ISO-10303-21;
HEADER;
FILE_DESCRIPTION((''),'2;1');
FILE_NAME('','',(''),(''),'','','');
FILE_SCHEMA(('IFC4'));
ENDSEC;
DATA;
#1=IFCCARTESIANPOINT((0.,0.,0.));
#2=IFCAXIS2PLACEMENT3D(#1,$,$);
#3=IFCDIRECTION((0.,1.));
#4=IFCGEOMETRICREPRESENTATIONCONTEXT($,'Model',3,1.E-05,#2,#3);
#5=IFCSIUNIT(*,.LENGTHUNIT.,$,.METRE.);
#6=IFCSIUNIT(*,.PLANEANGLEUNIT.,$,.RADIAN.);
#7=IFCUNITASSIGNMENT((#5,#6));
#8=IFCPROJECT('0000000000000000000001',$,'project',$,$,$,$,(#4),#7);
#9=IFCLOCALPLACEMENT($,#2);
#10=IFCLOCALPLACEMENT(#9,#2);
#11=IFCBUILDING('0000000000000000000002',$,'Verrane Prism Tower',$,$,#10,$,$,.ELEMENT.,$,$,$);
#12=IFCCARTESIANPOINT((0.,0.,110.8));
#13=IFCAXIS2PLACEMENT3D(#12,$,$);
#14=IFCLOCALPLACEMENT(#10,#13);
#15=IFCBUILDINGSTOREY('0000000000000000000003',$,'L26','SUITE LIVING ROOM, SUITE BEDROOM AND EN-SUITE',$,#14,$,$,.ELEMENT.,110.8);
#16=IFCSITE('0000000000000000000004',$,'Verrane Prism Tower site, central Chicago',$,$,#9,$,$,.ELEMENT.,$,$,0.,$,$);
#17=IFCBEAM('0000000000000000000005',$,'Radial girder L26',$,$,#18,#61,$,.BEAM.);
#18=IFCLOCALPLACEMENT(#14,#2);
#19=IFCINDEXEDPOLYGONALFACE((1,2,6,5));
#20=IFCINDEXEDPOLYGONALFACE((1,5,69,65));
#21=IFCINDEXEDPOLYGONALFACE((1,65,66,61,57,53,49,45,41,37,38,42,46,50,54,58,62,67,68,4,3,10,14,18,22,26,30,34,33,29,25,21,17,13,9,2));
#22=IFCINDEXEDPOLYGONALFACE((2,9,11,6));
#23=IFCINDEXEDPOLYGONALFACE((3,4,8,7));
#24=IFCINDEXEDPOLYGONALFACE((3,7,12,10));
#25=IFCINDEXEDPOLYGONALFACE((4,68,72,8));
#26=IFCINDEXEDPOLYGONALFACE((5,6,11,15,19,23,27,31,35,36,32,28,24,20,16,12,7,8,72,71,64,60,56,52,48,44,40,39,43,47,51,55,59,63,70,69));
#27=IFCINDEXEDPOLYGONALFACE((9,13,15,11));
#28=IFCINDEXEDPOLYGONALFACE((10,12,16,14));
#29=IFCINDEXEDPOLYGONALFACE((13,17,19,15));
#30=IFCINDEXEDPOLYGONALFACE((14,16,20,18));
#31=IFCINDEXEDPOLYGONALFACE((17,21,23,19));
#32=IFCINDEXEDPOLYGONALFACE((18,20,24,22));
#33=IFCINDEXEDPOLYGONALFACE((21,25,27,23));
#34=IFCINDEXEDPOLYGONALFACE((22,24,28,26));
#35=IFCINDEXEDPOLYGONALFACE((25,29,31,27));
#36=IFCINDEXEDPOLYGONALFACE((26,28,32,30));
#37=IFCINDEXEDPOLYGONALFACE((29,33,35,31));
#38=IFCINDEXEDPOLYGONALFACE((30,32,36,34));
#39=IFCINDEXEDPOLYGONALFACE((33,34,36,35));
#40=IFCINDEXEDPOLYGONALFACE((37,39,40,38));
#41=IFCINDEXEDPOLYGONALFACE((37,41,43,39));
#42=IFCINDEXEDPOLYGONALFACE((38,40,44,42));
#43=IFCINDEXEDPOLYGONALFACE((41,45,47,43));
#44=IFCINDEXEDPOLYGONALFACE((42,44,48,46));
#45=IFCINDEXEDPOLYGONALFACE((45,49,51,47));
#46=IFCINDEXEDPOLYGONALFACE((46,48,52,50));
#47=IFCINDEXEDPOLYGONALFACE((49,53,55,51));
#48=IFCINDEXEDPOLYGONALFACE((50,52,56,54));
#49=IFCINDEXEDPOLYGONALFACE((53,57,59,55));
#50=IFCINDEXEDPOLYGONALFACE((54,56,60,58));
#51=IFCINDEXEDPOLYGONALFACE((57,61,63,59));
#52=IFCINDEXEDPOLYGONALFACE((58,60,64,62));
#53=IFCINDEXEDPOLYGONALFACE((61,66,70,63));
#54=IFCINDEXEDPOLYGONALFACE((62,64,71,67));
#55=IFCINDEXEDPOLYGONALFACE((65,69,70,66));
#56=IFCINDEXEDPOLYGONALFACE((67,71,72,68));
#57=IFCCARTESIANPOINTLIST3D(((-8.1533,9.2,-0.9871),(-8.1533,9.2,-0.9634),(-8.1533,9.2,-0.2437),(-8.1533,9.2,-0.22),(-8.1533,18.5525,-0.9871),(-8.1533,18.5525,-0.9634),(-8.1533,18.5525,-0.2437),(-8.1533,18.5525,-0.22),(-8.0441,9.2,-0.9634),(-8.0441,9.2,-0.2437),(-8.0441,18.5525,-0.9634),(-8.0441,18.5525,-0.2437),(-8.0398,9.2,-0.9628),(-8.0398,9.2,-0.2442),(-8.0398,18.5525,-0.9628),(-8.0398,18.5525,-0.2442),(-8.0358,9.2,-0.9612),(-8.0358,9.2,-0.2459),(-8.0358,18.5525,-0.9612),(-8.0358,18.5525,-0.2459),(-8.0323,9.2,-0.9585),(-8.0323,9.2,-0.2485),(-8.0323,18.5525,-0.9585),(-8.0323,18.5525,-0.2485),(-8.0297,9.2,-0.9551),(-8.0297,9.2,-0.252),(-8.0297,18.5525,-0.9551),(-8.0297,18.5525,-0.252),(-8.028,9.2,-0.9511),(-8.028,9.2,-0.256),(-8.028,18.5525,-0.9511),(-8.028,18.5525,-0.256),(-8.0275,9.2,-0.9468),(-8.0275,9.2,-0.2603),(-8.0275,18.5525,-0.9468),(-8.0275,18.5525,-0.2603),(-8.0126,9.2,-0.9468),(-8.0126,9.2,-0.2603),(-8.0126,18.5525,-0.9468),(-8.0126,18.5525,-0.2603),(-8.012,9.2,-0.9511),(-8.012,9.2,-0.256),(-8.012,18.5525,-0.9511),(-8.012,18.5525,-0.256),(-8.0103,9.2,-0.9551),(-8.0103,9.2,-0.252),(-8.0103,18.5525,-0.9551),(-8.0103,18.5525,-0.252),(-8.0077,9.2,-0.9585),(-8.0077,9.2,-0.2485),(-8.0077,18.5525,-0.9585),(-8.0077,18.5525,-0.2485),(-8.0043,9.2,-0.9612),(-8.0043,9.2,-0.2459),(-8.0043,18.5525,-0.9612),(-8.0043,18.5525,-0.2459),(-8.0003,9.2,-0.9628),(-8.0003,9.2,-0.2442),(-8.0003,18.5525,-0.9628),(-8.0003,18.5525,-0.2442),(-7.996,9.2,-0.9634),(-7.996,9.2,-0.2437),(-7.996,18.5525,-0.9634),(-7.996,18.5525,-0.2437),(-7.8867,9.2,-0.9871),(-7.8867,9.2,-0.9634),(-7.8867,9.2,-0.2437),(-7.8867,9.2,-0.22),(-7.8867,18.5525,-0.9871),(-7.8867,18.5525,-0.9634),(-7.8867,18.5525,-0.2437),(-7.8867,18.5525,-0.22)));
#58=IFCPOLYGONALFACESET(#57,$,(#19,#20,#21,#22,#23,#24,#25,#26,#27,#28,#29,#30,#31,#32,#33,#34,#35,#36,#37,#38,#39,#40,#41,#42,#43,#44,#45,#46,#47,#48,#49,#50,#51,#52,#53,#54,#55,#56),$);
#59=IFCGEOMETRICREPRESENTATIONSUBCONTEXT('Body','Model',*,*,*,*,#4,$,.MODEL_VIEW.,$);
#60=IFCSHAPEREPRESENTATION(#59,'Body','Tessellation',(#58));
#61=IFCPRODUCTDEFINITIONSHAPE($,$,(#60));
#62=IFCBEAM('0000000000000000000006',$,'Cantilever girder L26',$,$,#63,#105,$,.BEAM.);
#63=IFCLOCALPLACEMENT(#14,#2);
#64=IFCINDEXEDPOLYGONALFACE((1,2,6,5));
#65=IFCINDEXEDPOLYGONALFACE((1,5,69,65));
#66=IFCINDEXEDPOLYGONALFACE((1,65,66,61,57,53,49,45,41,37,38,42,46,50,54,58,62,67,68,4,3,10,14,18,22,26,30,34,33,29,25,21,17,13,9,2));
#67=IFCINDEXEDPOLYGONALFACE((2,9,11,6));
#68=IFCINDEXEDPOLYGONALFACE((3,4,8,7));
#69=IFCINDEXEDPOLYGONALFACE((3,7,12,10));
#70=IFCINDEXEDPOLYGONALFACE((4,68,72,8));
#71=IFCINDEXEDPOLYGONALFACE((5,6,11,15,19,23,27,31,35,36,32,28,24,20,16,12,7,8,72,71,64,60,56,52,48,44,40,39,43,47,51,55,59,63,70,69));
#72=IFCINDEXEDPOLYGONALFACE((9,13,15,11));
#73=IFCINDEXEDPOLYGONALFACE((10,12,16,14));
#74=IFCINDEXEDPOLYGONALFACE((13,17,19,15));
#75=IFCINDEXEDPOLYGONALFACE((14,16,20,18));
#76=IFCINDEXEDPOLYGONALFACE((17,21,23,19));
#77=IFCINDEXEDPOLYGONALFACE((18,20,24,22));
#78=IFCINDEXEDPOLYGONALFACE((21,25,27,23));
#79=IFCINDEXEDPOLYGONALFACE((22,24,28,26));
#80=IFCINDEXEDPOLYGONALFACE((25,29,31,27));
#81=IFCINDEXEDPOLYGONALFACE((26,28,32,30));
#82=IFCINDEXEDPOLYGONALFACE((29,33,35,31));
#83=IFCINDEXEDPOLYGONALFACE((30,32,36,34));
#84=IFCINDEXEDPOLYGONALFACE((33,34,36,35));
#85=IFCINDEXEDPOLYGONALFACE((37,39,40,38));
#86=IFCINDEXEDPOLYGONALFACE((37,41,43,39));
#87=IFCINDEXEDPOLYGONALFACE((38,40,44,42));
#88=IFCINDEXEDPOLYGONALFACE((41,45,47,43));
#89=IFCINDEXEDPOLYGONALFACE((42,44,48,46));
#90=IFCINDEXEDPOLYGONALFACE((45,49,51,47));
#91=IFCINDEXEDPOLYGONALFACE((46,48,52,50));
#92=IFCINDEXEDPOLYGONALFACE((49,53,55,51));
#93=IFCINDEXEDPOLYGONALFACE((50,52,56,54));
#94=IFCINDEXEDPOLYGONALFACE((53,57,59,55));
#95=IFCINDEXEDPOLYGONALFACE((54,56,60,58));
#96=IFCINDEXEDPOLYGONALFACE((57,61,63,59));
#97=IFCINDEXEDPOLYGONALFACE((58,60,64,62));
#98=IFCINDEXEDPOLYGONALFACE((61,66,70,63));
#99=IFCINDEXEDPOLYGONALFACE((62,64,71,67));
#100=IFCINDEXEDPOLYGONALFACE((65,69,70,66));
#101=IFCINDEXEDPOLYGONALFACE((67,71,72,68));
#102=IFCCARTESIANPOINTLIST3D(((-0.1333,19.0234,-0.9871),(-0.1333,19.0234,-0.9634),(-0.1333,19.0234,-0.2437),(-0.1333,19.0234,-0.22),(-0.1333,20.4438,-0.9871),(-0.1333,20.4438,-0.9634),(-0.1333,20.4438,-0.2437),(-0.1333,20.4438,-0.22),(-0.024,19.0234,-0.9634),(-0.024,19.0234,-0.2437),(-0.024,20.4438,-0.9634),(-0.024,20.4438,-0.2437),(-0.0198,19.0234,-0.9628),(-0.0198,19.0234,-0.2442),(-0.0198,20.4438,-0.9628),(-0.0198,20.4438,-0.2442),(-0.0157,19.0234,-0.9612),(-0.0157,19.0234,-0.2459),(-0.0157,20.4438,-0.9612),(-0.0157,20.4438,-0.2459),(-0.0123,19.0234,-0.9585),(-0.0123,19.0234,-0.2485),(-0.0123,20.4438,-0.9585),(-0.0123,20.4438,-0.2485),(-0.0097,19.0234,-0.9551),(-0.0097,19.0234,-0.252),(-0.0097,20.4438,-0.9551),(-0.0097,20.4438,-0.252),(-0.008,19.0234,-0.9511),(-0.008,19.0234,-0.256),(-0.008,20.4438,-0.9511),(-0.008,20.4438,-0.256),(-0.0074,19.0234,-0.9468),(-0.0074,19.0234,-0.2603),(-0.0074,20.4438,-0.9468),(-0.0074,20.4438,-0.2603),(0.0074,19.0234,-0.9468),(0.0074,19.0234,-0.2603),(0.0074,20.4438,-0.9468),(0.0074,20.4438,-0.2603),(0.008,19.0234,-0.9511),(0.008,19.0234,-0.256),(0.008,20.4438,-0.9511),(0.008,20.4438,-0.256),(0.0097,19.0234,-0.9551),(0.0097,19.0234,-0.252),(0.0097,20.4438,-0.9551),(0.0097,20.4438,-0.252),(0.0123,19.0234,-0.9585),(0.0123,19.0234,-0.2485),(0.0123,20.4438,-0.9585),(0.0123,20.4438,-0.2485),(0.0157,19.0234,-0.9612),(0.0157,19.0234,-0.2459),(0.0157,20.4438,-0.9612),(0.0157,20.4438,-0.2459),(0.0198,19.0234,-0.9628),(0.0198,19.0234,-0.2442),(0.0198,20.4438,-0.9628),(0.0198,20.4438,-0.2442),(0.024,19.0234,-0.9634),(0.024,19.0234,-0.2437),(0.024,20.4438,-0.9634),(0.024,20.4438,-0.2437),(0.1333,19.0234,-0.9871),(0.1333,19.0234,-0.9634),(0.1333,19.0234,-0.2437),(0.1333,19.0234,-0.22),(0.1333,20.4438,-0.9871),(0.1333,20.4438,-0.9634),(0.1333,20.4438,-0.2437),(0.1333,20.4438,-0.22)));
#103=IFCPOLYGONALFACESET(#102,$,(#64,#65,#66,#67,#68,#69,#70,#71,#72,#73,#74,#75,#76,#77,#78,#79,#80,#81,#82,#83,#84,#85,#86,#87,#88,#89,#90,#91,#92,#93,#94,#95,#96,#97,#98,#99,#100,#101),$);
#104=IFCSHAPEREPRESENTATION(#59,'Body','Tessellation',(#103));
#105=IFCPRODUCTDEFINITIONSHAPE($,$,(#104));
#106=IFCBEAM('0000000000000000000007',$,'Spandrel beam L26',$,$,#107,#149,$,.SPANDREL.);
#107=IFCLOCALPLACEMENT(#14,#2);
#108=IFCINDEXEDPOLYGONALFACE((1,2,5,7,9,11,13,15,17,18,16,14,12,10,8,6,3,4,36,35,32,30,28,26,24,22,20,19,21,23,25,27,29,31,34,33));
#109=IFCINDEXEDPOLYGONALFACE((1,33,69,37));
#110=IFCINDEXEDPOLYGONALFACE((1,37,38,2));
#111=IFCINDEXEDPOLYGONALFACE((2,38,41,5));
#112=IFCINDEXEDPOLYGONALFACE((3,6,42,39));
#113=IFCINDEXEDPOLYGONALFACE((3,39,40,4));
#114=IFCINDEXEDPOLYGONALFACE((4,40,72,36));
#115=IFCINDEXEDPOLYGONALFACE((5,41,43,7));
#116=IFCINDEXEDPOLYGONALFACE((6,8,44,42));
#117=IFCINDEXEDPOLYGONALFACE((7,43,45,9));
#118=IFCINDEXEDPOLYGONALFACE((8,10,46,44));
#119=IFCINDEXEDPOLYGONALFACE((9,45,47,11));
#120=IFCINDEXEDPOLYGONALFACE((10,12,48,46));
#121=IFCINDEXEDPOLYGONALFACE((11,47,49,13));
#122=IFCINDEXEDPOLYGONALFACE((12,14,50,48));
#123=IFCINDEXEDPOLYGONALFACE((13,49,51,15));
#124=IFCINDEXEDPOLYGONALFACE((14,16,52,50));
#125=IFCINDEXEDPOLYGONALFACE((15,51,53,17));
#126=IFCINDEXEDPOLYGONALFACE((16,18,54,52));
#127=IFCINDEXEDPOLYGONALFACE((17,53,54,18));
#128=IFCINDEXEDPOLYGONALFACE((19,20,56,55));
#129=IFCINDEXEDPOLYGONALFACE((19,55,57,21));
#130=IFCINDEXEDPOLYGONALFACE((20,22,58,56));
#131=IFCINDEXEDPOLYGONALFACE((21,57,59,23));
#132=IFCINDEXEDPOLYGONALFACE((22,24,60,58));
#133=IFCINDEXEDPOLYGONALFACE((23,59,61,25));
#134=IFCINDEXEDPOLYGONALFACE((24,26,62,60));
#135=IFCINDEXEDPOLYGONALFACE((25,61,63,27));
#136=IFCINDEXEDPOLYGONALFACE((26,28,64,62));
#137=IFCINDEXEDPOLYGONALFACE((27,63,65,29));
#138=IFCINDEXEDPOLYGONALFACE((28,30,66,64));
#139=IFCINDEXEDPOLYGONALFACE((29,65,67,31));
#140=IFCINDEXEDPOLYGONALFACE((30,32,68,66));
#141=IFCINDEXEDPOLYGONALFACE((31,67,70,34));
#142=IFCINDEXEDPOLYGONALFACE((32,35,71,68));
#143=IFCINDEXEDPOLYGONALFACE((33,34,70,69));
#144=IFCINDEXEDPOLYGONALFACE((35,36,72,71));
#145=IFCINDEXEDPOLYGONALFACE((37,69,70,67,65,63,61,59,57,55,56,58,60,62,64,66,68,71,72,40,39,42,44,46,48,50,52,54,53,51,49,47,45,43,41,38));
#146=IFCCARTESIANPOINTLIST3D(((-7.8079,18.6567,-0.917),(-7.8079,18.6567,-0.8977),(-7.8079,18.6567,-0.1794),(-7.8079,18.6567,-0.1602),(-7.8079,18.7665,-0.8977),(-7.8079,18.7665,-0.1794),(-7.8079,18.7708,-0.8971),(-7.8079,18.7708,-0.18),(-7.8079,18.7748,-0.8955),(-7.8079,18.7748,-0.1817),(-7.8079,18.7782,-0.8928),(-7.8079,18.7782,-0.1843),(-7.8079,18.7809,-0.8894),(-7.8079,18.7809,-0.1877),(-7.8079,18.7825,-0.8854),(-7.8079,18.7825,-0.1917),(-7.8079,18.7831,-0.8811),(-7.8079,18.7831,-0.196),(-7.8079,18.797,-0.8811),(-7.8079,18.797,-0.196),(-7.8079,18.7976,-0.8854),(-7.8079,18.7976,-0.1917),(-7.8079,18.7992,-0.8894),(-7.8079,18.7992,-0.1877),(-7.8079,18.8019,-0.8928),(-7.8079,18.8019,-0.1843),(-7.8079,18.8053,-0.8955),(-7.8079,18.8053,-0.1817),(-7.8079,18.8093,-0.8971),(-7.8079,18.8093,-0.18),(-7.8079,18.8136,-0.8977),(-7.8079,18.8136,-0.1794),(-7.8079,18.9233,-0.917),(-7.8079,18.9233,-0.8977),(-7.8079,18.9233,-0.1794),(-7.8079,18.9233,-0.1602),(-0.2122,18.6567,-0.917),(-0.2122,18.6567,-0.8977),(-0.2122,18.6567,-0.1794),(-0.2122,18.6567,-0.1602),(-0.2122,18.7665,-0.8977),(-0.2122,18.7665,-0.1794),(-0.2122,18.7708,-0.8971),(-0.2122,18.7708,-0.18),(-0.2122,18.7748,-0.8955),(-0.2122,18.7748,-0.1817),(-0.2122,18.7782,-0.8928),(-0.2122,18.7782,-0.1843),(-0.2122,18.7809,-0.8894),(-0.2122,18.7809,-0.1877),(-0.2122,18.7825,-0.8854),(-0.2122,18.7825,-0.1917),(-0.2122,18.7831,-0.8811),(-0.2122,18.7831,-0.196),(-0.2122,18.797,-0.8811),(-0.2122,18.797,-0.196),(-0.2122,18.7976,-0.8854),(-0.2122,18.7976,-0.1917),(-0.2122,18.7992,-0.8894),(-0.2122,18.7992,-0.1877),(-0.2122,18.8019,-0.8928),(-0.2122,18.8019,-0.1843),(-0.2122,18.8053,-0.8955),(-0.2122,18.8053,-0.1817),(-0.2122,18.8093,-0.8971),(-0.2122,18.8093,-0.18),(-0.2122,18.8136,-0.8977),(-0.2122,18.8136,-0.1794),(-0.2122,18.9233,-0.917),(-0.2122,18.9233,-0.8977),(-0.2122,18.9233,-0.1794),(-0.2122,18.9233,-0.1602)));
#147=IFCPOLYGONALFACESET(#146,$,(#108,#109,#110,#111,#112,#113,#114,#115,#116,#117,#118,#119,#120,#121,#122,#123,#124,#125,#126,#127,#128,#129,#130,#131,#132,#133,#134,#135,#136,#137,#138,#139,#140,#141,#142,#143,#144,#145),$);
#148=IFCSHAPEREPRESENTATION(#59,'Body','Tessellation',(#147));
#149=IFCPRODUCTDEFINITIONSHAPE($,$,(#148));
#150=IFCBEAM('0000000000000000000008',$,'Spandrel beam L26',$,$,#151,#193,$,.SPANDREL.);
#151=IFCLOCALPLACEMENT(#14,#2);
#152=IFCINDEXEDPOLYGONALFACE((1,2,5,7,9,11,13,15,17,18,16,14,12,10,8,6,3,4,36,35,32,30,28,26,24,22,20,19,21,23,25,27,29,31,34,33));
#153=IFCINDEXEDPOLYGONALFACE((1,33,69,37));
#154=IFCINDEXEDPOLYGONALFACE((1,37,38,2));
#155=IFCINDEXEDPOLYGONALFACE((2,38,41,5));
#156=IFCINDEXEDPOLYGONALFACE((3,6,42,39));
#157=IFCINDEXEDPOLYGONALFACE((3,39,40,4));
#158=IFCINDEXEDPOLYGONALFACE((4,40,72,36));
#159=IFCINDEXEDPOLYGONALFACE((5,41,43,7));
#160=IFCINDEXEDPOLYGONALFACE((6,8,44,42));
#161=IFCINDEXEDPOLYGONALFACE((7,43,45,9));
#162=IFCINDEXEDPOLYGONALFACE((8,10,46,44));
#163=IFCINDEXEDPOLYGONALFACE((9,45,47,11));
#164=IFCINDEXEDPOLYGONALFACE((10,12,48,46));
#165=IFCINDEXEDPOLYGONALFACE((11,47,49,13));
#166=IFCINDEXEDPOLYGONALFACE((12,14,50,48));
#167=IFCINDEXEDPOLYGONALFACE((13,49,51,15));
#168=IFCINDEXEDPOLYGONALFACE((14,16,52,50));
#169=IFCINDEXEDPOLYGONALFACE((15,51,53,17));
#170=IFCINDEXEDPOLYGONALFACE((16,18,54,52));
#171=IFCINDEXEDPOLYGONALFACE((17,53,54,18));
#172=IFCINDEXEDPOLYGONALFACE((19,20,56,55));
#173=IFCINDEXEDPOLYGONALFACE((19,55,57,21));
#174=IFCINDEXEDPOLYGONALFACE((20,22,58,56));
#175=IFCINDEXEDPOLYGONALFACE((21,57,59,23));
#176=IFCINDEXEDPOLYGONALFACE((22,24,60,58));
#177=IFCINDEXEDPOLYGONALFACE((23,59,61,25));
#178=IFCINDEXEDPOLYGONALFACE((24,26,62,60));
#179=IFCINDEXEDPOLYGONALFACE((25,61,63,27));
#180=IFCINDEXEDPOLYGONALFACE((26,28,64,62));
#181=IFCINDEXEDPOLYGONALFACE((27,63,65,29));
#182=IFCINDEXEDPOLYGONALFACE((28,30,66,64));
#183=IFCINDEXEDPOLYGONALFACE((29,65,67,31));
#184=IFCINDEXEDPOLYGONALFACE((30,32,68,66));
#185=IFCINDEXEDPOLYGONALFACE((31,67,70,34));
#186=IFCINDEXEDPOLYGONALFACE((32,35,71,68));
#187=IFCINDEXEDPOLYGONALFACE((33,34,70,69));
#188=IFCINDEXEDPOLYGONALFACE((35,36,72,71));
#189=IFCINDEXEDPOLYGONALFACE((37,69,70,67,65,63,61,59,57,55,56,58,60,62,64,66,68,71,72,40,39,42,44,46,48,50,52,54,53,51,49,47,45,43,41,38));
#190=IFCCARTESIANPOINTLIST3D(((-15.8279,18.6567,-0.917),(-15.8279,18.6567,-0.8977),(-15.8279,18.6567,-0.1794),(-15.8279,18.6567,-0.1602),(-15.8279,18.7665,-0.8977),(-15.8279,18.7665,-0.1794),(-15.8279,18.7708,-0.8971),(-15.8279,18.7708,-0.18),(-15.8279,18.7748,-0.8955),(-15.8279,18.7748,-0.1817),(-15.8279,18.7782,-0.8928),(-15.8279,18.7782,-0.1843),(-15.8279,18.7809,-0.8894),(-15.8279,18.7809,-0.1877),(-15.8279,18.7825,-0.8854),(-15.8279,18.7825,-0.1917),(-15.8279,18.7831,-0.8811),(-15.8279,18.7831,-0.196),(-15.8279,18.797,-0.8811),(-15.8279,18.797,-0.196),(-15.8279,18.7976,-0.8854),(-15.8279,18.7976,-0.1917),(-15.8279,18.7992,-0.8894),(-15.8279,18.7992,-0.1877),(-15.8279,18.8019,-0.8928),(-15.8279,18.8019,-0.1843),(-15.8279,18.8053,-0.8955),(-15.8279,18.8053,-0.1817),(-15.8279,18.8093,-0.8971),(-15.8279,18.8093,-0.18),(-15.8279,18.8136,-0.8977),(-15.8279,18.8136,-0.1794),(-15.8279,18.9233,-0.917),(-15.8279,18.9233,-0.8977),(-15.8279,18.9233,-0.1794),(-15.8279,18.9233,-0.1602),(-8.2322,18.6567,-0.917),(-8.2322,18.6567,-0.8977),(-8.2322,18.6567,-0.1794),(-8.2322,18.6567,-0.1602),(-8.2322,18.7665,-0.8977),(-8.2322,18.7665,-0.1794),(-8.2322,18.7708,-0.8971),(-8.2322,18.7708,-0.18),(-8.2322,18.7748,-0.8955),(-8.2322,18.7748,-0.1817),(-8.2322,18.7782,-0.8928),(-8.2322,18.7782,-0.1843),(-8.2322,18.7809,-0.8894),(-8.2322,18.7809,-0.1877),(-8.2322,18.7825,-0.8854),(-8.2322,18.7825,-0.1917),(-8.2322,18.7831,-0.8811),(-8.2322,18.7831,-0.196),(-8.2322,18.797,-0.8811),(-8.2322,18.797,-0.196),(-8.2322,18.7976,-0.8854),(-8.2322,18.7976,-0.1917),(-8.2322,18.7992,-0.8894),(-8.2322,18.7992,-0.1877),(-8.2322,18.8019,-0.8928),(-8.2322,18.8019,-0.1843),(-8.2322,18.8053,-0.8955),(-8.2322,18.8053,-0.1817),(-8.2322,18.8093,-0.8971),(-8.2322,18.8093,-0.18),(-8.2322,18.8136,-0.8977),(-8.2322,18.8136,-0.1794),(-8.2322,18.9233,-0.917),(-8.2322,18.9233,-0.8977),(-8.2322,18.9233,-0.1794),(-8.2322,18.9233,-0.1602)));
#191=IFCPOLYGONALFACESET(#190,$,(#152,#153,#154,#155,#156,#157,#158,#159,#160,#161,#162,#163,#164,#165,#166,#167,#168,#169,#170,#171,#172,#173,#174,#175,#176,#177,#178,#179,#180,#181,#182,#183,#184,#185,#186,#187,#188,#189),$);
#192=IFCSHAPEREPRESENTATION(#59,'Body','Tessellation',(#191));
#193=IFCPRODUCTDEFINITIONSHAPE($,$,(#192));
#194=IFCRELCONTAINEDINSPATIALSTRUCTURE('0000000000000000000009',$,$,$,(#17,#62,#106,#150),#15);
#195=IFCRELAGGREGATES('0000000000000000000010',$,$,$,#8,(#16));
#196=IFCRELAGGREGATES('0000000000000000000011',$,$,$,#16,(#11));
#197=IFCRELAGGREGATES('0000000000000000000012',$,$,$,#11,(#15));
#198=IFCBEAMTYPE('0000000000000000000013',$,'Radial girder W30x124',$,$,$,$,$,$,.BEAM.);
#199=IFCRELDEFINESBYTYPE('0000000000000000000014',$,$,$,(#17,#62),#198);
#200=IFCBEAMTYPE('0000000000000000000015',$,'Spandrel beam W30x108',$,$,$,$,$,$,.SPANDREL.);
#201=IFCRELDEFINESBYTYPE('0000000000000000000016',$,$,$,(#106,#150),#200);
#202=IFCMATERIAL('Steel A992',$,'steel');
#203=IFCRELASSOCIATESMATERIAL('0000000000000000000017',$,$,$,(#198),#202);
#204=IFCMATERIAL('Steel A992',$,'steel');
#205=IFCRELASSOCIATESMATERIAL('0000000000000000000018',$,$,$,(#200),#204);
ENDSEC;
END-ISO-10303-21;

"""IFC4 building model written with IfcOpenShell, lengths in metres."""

from ifc_helpers import new_model, si_unit, direction, frame, origin, origin_2d, place, context, subcontext, project, spatial, i_section, extrude, material, material_profile, profile_set, type_object, element, save


model = new_model("IFC4")

# Units and contexts
model_context = context("Model", 3, precision=1e-05, world=origin(), true_north=direction((0.0, 1.0)))
body_context = subcontext(model_context, "Body", "Model", "MODEL_VIEW")
ifc_project = project(units=[si_unit("LENGTHUNIT", "METRE"), si_unit("PLANEANGLEUNIT", "RADIAN")], contexts=[model_context])

# Site, building, storey
site_placement = place(None, origin())
site = spatial("IfcSite", under=ifc_project, at=site_placement, Name="Verrane Prism Tower site, central Chicago", CompositionType="ELEMENT", RefElevation=0.0)
building_placement = place(site_placement, origin())
building = spatial("IfcBuilding", under=site, at=building_placement, Name="Verrane Prism Tower", CompositionType="ELEMENT")
storey_placement = place(building_placement, frame((0.0, 0.0, 110.8)))
storey = spatial("IfcBuildingStorey", under=building, at=storey_placement, Name="L26", Description="SUITE LIVING ROOM, SUITE BEDROOM AND EN-SUITE", CompositionType="ELEMENT", Elevation=110.8)

# Beams
ifc_material_1 = material(Name="Steel A992", Category="steel")
ifc_material_profile_1 = material_profile(ifc_material_1, i_section(OverallWidth=0.2666, OverallDepth=0.7671, WebThickness=0.0149, FlangeThickness=0.0237, FilletRadius=0.0166, at=origin_2d()), Name="W30x124")
ifc_profile_set_1 = profile_set([ifc_material_profile_1], Name="Steel A992")
beam_type_1 = type_object("IfcBeamType", Name="Radial girder W30x124", PredefinedType="BEAM", material=ifc_profile_set_1)
for number, where, z_axis, x_axis, name in (
    (1, (-8.02, 18.5525, -0.6035), (0.0, -1.0, 0.0), (1.0, 0.0, 0.0), "Radial girder L26"),
):
    element("IfcBeam", number, at=place(storey_placement, frame(where, z_axis=z_axis, x_axis=x_axis)), inside=storey, type_object=beam_type_1, Name=name, PredefinedType="BEAM", context=body_context, shape_type="SweptSolid", body=[
        extrude(i_section(OverallWidth=0.2666, OverallDepth=0.7671, WebThickness=0.0149, FlangeThickness=0.0237, FilletRadius=0.0166, at=origin_2d()), origin(), (0.0, 0.0, 1.0), 9.3525),
    ])
beam_placement = place(storey_placement, frame((0.0, 19.0234, -0.6035), z_axis=(0.0, 1.0, 0.0), x_axis=(-1.0, 0.0, 0.0)))
element("IfcBeam", 2, at=beam_placement, inside=storey, type_object=beam_type_1, Name="Cantilever girder L26", PredefinedType="BEAM", context=body_context, shape_type="SweptSolid", body=[
    extrude(i_section(OverallWidth=0.2666, OverallDepth=0.7671, WebThickness=0.0149, FlangeThickness=0.0237, FilletRadius=0.0166, at=origin_2d()), origin(), (0.0, 0.0, 1.0), 1.4204),
])
ifc_material_2 = material(Name="Steel A992", Category="steel")
ifc_material_profile_2 = material_profile(ifc_material_2, i_section(OverallWidth=0.2666, OverallDepth=0.7568, WebThickness=0.0139, FlangeThickness=0.0193, FilletRadius=0.0166, at=origin_2d()), Name="W30x108")
ifc_profile_set_2 = profile_set([ifc_material_profile_2], Name="Steel A992")
beam_type_2 = type_object("IfcBeamType", Name="Spandrel beam W30x108", PredefinedType="SPANDREL", material=ifc_profile_set_2)
for number, where, z_axis, x_axis, name in (
    (3, (-0.2122, 18.79, -0.5386), (-1.0, 0.0, 0.0), (0.0, -1.0, 0.0), "Spandrel beam L26"),
    (4, (-8.2322, 18.79, -0.5386), (-1.0, 0.0, 0.0), (0.0, -1.0, 0.0), "Spandrel beam L26"),
):
    element("IfcBeam", number, at=place(storey_placement, frame(where, z_axis=z_axis, x_axis=x_axis)), inside=storey, type_object=beam_type_2, Name=name, PredefinedType="SPANDREL", context=body_context, shape_type="SweptSolid", body=[
        extrude(i_section(OverallWidth=0.2666, OverallDepth=0.7568, WebThickness=0.0139, FlangeThickness=0.0193, FilletRadius=0.0166, at=origin_2d()), origin(), (0.0, 0.0, 1.0), 7.5957),
    ])

save(model, "model.ifc")
